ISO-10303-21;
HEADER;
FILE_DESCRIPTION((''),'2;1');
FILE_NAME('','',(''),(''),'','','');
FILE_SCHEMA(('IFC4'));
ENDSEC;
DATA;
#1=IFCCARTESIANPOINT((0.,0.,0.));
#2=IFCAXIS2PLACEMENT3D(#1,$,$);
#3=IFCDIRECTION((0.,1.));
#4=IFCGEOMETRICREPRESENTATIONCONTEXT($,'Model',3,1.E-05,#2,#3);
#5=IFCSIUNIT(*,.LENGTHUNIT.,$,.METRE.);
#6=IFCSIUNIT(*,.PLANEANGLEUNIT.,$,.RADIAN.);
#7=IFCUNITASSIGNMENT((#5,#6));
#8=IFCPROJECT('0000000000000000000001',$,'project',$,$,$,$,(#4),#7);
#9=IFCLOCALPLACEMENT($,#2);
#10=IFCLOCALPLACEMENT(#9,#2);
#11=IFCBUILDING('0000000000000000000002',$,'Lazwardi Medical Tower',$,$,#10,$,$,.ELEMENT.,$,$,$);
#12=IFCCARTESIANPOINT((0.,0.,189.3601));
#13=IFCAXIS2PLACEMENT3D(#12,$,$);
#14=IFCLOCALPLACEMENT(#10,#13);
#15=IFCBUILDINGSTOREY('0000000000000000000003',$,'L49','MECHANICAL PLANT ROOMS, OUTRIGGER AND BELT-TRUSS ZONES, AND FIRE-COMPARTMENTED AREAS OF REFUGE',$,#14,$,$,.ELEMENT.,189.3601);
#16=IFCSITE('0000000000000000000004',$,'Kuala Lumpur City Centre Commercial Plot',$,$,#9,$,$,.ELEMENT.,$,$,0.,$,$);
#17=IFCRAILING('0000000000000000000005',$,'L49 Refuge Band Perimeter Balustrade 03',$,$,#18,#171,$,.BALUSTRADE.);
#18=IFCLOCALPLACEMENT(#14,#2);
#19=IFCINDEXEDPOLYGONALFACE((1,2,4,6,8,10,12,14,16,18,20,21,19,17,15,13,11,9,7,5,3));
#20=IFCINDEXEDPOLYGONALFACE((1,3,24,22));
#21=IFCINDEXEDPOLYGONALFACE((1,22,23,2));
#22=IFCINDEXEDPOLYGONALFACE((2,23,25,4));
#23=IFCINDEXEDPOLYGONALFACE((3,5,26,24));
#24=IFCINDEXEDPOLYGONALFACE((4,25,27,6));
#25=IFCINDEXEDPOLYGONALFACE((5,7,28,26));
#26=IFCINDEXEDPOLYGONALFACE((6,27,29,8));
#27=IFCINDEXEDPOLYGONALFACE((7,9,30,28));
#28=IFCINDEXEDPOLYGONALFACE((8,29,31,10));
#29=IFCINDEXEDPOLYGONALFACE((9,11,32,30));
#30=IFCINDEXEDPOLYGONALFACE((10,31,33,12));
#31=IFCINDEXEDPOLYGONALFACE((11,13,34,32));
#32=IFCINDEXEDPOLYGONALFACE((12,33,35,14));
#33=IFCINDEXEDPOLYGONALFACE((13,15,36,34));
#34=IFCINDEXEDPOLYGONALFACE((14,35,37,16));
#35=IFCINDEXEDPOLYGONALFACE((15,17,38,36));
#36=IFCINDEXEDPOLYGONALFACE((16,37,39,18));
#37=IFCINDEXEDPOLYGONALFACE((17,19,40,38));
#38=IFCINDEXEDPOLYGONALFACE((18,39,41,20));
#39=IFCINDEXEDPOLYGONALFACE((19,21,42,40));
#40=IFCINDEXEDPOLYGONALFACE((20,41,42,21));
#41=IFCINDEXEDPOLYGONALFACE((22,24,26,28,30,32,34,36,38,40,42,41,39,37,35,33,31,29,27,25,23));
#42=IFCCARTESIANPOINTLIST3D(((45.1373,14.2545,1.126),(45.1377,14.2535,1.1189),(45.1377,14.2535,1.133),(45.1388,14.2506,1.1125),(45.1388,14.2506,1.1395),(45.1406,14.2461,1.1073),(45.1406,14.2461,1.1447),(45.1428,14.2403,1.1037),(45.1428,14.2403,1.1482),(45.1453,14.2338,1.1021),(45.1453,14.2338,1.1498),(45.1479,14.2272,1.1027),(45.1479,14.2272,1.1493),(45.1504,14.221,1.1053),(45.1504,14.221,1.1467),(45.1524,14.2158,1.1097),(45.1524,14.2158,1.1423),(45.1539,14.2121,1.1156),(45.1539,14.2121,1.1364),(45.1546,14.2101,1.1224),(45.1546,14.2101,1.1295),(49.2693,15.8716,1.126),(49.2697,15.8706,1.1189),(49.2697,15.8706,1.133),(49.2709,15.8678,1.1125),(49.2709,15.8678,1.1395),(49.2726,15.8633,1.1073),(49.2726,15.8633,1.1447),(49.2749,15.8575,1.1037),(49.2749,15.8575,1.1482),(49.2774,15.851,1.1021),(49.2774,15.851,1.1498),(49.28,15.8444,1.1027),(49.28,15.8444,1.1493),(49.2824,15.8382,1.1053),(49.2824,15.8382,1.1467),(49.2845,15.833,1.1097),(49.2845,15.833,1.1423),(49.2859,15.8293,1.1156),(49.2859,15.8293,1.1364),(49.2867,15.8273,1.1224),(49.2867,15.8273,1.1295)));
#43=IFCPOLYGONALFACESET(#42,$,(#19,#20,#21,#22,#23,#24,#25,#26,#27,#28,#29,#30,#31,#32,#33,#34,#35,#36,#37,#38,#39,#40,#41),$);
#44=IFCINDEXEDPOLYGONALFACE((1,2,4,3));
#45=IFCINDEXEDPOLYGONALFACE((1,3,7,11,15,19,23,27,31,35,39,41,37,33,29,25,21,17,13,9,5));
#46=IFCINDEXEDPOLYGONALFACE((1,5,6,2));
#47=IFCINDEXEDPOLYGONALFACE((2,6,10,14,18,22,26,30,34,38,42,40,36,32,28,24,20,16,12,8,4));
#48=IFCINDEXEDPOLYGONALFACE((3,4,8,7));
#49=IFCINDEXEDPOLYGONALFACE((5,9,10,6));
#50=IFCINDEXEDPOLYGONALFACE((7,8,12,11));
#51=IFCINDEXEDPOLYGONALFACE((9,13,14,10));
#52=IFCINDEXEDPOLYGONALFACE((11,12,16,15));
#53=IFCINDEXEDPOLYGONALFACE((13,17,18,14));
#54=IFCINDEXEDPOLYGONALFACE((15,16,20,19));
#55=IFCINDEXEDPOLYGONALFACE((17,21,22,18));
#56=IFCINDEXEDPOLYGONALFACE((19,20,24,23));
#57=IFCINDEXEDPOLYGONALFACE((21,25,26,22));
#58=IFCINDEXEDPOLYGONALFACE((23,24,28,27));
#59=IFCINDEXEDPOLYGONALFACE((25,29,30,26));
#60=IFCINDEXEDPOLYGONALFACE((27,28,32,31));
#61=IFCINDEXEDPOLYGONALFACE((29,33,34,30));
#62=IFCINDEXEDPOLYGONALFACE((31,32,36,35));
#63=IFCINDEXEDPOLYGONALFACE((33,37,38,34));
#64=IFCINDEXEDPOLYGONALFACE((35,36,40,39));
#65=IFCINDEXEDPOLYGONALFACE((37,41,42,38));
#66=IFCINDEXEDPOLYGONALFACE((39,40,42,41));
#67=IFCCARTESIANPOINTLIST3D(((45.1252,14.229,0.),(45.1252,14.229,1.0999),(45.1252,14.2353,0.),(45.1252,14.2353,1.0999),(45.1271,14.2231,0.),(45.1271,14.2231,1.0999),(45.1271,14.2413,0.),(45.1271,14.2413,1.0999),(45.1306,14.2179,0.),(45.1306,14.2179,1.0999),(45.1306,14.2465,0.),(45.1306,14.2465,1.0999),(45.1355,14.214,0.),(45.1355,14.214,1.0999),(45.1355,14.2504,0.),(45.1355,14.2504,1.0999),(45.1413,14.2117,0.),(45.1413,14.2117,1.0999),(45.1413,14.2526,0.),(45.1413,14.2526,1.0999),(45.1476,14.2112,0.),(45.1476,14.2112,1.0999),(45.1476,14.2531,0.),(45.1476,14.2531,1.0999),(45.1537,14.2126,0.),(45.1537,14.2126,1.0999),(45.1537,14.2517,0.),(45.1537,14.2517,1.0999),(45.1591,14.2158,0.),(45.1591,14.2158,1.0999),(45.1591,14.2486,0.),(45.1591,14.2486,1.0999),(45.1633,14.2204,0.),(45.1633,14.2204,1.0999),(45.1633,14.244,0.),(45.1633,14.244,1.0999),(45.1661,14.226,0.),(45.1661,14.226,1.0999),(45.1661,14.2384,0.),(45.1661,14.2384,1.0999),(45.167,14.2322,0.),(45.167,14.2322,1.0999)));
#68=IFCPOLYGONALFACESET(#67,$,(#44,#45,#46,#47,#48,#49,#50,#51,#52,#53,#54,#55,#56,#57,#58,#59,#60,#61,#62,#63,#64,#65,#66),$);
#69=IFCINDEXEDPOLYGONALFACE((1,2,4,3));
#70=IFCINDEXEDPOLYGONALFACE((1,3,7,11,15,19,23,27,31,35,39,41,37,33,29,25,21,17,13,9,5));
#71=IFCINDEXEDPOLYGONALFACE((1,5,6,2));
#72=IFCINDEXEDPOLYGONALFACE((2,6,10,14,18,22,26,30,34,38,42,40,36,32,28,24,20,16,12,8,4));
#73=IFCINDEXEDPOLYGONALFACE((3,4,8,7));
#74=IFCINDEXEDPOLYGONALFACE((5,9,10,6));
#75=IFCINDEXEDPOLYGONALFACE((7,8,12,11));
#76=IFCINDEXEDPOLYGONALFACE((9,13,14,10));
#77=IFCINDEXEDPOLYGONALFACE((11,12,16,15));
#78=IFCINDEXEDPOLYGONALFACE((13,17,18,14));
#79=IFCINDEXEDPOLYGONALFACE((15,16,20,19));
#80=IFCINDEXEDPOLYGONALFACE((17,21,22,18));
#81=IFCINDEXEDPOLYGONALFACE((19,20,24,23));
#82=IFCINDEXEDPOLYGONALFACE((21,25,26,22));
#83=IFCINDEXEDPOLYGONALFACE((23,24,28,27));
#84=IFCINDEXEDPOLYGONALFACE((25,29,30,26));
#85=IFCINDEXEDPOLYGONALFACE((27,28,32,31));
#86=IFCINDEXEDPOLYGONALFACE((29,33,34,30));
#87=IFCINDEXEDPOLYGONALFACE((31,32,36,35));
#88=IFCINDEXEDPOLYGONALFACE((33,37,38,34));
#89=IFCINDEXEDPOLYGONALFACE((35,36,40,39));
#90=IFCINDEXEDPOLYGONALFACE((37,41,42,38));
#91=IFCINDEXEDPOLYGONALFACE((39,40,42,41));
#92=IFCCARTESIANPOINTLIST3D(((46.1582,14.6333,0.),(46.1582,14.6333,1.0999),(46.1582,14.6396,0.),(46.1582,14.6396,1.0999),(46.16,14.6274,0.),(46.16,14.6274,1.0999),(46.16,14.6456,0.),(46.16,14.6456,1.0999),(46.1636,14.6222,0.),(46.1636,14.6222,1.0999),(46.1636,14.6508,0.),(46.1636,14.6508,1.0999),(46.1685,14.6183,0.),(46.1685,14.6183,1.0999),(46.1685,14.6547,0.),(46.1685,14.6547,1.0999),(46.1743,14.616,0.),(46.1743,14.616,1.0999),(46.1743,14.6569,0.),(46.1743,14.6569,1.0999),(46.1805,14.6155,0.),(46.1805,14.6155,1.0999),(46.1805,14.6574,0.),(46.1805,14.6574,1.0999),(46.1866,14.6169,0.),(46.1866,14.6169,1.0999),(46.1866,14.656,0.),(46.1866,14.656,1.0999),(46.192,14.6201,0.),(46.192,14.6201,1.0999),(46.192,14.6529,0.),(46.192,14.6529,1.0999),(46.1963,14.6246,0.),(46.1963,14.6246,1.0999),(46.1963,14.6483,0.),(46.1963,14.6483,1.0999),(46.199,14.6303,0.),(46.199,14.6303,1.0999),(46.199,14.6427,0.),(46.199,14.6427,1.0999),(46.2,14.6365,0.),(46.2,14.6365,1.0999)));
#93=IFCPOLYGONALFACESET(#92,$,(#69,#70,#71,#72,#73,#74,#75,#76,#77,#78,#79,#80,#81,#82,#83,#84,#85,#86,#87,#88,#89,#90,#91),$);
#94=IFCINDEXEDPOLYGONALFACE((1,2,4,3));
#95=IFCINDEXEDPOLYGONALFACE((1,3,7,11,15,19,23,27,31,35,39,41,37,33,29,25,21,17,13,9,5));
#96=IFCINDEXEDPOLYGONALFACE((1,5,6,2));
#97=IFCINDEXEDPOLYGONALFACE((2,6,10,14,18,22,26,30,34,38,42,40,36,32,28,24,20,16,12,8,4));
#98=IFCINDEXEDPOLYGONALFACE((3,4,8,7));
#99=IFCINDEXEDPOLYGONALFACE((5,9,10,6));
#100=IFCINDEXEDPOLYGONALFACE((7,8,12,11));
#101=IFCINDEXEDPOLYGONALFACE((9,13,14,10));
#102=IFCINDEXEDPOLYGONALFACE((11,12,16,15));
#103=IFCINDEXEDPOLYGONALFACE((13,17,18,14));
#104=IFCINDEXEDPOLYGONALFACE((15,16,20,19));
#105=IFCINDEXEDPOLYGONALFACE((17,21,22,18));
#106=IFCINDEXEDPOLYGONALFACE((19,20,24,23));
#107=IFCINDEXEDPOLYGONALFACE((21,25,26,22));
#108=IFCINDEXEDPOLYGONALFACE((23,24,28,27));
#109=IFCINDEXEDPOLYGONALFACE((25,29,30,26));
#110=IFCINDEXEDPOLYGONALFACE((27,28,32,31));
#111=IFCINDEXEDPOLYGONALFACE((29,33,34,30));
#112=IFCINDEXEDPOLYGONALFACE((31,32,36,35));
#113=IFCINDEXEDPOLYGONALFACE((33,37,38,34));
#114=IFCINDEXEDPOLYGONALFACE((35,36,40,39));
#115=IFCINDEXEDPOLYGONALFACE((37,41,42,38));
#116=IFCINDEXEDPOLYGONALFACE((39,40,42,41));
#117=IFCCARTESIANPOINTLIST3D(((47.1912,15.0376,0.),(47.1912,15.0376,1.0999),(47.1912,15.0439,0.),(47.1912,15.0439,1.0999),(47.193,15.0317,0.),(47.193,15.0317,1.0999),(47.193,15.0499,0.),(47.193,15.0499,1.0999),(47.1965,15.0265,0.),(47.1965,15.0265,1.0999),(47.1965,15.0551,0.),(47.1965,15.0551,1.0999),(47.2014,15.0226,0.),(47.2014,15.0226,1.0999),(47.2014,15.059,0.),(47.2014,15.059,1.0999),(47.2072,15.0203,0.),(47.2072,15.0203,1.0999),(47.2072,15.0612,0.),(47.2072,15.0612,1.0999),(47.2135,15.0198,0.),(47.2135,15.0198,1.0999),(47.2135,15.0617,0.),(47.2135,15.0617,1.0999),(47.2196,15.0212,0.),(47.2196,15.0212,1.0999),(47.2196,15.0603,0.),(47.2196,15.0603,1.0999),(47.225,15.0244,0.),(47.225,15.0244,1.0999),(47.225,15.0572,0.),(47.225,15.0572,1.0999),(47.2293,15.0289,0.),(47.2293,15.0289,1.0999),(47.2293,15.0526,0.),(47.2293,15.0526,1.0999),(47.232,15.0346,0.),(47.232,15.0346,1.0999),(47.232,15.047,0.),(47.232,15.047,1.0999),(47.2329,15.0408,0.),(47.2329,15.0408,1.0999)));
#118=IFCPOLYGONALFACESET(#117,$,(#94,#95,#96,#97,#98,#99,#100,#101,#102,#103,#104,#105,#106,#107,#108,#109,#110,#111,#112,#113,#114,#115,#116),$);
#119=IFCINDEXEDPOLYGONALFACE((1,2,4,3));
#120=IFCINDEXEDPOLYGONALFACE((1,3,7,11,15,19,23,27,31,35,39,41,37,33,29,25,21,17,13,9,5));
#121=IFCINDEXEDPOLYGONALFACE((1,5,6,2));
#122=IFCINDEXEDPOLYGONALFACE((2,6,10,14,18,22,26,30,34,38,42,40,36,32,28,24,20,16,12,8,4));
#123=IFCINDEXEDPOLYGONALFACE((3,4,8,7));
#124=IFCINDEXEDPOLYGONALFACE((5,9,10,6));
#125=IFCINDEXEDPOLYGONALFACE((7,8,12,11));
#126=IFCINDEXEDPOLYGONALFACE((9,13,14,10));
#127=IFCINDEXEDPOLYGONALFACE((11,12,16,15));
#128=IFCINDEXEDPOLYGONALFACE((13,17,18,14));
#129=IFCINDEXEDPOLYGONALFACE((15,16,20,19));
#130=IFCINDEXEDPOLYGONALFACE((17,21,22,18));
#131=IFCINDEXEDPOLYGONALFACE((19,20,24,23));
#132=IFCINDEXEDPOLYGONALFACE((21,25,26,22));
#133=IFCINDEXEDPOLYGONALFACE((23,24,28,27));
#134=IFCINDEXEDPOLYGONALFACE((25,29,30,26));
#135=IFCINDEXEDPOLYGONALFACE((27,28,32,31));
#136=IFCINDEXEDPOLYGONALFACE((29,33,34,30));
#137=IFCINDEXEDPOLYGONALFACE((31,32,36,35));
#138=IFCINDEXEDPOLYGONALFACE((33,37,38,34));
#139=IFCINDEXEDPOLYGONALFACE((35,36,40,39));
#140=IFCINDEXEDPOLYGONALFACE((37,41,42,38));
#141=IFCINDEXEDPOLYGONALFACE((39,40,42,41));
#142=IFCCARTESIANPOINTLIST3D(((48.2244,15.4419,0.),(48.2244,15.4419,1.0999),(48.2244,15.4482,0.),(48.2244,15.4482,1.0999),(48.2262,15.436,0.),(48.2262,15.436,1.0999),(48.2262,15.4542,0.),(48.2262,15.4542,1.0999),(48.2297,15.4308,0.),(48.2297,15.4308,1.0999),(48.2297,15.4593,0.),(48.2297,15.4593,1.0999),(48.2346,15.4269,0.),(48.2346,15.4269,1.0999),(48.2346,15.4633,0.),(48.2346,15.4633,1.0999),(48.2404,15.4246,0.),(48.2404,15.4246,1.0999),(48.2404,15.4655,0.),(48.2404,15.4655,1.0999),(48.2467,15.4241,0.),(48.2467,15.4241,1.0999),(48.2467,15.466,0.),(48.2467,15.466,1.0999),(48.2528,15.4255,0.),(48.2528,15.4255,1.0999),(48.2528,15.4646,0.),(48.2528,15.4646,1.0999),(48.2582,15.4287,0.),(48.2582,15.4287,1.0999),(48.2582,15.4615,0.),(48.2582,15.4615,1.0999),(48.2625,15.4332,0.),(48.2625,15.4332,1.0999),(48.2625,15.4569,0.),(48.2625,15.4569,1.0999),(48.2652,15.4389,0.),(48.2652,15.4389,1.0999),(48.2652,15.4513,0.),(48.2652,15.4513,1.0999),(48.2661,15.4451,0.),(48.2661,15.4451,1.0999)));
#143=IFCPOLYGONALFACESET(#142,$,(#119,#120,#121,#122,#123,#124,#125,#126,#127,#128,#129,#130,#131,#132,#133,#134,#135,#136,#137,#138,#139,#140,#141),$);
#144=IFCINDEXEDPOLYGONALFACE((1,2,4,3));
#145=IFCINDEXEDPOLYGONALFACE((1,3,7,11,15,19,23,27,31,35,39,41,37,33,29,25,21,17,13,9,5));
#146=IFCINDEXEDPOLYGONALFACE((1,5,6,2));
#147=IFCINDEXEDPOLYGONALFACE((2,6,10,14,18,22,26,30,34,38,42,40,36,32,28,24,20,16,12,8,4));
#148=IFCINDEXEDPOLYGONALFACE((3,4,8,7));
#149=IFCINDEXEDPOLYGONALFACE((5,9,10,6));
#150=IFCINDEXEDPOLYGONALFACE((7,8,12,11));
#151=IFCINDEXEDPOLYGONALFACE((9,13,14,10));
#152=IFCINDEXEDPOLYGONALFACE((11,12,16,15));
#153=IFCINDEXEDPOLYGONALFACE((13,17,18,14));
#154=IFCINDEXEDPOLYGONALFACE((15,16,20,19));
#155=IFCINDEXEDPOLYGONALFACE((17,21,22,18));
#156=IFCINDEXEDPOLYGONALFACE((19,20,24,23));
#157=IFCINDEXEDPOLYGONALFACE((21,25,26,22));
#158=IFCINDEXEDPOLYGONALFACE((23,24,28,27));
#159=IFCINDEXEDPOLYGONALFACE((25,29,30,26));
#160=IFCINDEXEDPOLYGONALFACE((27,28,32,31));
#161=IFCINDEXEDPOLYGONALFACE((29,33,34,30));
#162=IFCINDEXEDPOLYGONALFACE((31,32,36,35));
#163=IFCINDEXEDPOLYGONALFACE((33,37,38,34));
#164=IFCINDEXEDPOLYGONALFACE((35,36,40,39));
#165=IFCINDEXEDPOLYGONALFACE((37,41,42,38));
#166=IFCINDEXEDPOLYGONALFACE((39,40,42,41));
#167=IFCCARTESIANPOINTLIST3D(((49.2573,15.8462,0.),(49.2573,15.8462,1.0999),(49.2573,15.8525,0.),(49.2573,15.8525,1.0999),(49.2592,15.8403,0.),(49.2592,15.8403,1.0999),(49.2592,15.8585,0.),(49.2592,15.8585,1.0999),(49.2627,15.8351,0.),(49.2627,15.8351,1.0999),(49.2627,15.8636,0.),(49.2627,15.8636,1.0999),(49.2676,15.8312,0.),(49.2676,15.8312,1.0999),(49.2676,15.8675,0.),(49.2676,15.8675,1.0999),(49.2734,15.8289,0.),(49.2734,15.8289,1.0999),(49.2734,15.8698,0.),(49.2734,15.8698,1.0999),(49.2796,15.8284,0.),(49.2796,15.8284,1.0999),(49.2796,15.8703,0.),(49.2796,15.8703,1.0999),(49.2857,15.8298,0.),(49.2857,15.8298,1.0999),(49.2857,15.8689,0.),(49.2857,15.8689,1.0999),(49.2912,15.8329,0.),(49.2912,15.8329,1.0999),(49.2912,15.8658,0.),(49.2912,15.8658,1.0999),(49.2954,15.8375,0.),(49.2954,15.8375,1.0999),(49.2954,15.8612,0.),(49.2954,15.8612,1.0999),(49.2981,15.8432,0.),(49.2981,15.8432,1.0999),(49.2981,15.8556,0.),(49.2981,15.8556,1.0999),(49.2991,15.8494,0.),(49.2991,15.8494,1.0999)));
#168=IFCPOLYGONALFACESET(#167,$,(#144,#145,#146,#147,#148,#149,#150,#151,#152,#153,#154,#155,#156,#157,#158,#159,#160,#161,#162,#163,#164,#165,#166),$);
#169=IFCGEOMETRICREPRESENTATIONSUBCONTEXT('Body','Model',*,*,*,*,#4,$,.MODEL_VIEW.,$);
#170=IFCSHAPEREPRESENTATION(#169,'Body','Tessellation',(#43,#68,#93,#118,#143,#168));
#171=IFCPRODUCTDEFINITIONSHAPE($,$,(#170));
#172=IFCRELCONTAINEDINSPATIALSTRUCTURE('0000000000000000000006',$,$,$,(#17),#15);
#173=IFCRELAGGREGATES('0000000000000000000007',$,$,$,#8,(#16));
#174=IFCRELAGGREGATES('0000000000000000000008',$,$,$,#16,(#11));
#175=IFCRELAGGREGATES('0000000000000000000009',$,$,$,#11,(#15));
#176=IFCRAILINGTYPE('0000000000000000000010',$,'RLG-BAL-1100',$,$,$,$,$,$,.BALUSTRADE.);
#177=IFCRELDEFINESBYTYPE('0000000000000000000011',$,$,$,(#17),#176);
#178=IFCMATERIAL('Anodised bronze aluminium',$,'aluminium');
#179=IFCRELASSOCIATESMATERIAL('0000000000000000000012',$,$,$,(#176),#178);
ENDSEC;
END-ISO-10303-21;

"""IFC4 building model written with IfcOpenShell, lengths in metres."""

from ifc_helpers import new_model, si_unit, direction, frame, origin, origin_2d, place, context, subcontext, project, spatial, circle, extrude, material, type_object, element, save


model = new_model("IFC4")

# Units and contexts
model_context = context("Model", 3, precision=1e-05, world=origin(), true_north=direction((0.0, 1.0)))
body_context = subcontext(model_context, "Body", "Model", "MODEL_VIEW")
ifc_project = project(units=[si_unit("LENGTHUNIT", "METRE"), si_unit("PLANEANGLEUNIT", "RADIAN")], contexts=[model_context])

# Site, building, storey
site_placement = place(None, origin())
site = spatial("IfcSite", under=ifc_project, at=site_placement, Name="Kuala Lumpur City Centre Commercial Plot", CompositionType="ELEMENT", RefElevation=0.0)
building_placement = place(site_placement, origin())
building = spatial("IfcBuilding", under=site, at=building_placement, Name="Lazwardi Medical Tower", CompositionType="ELEMENT")
storey_placement = place(building_placement, frame((0.0, 0.0, 189.3601)))
storey = spatial("IfcBuildingStorey", under=building, at=storey_placement, Name="L49", Description="MECHANICAL PLANT ROOMS, OUTRIGGER AND BELT-TRUSS ZONES, AND FIRE-COMPARTMENTED AREAS OF REFUGE", CompositionType="ELEMENT", Elevation=189.3601)

# Railing
ifc_material_1 = material(Name="Anodised bronze aluminium", Category="aluminium")
railing_type = type_object("IfcRailingType", Name="RLG-BAL-1100", PredefinedType="BALUSTRADE", material=ifc_material_1)
railing_1_placement = place(storey_placement, frame((45.146, 14.2322, 0.0)))
element("IfcRailing", 1, at=railing_1_placement, inside=storey, type_object=railing_type, Name="L49 Refuge Band Perimeter Balustrade 03", PredefinedType="BALUSTRADE", context=body_context, shape_type="SweptSolid", body=[
    extrude(circle(Radius=0.0239, at=origin_2d()), frame((0.0, 0.0, 1.126), z_axis=(0.931221, 0.364455, 0.0), x_axis=(-0.364455, 0.931221, 0.0)), (0.0, 0.0, 1.0), 4.4373),
    extrude(circle(Radius=0.021, at=origin_2d()), origin(), (0.0, 0.0, 1.0), 1.0999),
    extrude(circle(Radius=0.021, at=origin_2d()), frame((1.033, 0.4043, 0.0)), (0.0, 0.0, 1.0), 1.0999),
    extrude(circle(Radius=0.021, at=origin_2d()), frame((2.0659, 0.8086, 0.0)), (0.0, 0.0, 1.0), 1.0999),
    extrude(circle(Radius=0.021, at=origin_2d()), frame((3.0991, 1.2129, 0.0)), (0.0, 0.0, 1.0), 1.0999),
    extrude(circle(Radius=0.021, at=origin_2d()), frame((4.1321, 1.6172, 0.0)), (0.0, 0.0, 1.0), 1.0999),
])

save(model, "model.ifc")
